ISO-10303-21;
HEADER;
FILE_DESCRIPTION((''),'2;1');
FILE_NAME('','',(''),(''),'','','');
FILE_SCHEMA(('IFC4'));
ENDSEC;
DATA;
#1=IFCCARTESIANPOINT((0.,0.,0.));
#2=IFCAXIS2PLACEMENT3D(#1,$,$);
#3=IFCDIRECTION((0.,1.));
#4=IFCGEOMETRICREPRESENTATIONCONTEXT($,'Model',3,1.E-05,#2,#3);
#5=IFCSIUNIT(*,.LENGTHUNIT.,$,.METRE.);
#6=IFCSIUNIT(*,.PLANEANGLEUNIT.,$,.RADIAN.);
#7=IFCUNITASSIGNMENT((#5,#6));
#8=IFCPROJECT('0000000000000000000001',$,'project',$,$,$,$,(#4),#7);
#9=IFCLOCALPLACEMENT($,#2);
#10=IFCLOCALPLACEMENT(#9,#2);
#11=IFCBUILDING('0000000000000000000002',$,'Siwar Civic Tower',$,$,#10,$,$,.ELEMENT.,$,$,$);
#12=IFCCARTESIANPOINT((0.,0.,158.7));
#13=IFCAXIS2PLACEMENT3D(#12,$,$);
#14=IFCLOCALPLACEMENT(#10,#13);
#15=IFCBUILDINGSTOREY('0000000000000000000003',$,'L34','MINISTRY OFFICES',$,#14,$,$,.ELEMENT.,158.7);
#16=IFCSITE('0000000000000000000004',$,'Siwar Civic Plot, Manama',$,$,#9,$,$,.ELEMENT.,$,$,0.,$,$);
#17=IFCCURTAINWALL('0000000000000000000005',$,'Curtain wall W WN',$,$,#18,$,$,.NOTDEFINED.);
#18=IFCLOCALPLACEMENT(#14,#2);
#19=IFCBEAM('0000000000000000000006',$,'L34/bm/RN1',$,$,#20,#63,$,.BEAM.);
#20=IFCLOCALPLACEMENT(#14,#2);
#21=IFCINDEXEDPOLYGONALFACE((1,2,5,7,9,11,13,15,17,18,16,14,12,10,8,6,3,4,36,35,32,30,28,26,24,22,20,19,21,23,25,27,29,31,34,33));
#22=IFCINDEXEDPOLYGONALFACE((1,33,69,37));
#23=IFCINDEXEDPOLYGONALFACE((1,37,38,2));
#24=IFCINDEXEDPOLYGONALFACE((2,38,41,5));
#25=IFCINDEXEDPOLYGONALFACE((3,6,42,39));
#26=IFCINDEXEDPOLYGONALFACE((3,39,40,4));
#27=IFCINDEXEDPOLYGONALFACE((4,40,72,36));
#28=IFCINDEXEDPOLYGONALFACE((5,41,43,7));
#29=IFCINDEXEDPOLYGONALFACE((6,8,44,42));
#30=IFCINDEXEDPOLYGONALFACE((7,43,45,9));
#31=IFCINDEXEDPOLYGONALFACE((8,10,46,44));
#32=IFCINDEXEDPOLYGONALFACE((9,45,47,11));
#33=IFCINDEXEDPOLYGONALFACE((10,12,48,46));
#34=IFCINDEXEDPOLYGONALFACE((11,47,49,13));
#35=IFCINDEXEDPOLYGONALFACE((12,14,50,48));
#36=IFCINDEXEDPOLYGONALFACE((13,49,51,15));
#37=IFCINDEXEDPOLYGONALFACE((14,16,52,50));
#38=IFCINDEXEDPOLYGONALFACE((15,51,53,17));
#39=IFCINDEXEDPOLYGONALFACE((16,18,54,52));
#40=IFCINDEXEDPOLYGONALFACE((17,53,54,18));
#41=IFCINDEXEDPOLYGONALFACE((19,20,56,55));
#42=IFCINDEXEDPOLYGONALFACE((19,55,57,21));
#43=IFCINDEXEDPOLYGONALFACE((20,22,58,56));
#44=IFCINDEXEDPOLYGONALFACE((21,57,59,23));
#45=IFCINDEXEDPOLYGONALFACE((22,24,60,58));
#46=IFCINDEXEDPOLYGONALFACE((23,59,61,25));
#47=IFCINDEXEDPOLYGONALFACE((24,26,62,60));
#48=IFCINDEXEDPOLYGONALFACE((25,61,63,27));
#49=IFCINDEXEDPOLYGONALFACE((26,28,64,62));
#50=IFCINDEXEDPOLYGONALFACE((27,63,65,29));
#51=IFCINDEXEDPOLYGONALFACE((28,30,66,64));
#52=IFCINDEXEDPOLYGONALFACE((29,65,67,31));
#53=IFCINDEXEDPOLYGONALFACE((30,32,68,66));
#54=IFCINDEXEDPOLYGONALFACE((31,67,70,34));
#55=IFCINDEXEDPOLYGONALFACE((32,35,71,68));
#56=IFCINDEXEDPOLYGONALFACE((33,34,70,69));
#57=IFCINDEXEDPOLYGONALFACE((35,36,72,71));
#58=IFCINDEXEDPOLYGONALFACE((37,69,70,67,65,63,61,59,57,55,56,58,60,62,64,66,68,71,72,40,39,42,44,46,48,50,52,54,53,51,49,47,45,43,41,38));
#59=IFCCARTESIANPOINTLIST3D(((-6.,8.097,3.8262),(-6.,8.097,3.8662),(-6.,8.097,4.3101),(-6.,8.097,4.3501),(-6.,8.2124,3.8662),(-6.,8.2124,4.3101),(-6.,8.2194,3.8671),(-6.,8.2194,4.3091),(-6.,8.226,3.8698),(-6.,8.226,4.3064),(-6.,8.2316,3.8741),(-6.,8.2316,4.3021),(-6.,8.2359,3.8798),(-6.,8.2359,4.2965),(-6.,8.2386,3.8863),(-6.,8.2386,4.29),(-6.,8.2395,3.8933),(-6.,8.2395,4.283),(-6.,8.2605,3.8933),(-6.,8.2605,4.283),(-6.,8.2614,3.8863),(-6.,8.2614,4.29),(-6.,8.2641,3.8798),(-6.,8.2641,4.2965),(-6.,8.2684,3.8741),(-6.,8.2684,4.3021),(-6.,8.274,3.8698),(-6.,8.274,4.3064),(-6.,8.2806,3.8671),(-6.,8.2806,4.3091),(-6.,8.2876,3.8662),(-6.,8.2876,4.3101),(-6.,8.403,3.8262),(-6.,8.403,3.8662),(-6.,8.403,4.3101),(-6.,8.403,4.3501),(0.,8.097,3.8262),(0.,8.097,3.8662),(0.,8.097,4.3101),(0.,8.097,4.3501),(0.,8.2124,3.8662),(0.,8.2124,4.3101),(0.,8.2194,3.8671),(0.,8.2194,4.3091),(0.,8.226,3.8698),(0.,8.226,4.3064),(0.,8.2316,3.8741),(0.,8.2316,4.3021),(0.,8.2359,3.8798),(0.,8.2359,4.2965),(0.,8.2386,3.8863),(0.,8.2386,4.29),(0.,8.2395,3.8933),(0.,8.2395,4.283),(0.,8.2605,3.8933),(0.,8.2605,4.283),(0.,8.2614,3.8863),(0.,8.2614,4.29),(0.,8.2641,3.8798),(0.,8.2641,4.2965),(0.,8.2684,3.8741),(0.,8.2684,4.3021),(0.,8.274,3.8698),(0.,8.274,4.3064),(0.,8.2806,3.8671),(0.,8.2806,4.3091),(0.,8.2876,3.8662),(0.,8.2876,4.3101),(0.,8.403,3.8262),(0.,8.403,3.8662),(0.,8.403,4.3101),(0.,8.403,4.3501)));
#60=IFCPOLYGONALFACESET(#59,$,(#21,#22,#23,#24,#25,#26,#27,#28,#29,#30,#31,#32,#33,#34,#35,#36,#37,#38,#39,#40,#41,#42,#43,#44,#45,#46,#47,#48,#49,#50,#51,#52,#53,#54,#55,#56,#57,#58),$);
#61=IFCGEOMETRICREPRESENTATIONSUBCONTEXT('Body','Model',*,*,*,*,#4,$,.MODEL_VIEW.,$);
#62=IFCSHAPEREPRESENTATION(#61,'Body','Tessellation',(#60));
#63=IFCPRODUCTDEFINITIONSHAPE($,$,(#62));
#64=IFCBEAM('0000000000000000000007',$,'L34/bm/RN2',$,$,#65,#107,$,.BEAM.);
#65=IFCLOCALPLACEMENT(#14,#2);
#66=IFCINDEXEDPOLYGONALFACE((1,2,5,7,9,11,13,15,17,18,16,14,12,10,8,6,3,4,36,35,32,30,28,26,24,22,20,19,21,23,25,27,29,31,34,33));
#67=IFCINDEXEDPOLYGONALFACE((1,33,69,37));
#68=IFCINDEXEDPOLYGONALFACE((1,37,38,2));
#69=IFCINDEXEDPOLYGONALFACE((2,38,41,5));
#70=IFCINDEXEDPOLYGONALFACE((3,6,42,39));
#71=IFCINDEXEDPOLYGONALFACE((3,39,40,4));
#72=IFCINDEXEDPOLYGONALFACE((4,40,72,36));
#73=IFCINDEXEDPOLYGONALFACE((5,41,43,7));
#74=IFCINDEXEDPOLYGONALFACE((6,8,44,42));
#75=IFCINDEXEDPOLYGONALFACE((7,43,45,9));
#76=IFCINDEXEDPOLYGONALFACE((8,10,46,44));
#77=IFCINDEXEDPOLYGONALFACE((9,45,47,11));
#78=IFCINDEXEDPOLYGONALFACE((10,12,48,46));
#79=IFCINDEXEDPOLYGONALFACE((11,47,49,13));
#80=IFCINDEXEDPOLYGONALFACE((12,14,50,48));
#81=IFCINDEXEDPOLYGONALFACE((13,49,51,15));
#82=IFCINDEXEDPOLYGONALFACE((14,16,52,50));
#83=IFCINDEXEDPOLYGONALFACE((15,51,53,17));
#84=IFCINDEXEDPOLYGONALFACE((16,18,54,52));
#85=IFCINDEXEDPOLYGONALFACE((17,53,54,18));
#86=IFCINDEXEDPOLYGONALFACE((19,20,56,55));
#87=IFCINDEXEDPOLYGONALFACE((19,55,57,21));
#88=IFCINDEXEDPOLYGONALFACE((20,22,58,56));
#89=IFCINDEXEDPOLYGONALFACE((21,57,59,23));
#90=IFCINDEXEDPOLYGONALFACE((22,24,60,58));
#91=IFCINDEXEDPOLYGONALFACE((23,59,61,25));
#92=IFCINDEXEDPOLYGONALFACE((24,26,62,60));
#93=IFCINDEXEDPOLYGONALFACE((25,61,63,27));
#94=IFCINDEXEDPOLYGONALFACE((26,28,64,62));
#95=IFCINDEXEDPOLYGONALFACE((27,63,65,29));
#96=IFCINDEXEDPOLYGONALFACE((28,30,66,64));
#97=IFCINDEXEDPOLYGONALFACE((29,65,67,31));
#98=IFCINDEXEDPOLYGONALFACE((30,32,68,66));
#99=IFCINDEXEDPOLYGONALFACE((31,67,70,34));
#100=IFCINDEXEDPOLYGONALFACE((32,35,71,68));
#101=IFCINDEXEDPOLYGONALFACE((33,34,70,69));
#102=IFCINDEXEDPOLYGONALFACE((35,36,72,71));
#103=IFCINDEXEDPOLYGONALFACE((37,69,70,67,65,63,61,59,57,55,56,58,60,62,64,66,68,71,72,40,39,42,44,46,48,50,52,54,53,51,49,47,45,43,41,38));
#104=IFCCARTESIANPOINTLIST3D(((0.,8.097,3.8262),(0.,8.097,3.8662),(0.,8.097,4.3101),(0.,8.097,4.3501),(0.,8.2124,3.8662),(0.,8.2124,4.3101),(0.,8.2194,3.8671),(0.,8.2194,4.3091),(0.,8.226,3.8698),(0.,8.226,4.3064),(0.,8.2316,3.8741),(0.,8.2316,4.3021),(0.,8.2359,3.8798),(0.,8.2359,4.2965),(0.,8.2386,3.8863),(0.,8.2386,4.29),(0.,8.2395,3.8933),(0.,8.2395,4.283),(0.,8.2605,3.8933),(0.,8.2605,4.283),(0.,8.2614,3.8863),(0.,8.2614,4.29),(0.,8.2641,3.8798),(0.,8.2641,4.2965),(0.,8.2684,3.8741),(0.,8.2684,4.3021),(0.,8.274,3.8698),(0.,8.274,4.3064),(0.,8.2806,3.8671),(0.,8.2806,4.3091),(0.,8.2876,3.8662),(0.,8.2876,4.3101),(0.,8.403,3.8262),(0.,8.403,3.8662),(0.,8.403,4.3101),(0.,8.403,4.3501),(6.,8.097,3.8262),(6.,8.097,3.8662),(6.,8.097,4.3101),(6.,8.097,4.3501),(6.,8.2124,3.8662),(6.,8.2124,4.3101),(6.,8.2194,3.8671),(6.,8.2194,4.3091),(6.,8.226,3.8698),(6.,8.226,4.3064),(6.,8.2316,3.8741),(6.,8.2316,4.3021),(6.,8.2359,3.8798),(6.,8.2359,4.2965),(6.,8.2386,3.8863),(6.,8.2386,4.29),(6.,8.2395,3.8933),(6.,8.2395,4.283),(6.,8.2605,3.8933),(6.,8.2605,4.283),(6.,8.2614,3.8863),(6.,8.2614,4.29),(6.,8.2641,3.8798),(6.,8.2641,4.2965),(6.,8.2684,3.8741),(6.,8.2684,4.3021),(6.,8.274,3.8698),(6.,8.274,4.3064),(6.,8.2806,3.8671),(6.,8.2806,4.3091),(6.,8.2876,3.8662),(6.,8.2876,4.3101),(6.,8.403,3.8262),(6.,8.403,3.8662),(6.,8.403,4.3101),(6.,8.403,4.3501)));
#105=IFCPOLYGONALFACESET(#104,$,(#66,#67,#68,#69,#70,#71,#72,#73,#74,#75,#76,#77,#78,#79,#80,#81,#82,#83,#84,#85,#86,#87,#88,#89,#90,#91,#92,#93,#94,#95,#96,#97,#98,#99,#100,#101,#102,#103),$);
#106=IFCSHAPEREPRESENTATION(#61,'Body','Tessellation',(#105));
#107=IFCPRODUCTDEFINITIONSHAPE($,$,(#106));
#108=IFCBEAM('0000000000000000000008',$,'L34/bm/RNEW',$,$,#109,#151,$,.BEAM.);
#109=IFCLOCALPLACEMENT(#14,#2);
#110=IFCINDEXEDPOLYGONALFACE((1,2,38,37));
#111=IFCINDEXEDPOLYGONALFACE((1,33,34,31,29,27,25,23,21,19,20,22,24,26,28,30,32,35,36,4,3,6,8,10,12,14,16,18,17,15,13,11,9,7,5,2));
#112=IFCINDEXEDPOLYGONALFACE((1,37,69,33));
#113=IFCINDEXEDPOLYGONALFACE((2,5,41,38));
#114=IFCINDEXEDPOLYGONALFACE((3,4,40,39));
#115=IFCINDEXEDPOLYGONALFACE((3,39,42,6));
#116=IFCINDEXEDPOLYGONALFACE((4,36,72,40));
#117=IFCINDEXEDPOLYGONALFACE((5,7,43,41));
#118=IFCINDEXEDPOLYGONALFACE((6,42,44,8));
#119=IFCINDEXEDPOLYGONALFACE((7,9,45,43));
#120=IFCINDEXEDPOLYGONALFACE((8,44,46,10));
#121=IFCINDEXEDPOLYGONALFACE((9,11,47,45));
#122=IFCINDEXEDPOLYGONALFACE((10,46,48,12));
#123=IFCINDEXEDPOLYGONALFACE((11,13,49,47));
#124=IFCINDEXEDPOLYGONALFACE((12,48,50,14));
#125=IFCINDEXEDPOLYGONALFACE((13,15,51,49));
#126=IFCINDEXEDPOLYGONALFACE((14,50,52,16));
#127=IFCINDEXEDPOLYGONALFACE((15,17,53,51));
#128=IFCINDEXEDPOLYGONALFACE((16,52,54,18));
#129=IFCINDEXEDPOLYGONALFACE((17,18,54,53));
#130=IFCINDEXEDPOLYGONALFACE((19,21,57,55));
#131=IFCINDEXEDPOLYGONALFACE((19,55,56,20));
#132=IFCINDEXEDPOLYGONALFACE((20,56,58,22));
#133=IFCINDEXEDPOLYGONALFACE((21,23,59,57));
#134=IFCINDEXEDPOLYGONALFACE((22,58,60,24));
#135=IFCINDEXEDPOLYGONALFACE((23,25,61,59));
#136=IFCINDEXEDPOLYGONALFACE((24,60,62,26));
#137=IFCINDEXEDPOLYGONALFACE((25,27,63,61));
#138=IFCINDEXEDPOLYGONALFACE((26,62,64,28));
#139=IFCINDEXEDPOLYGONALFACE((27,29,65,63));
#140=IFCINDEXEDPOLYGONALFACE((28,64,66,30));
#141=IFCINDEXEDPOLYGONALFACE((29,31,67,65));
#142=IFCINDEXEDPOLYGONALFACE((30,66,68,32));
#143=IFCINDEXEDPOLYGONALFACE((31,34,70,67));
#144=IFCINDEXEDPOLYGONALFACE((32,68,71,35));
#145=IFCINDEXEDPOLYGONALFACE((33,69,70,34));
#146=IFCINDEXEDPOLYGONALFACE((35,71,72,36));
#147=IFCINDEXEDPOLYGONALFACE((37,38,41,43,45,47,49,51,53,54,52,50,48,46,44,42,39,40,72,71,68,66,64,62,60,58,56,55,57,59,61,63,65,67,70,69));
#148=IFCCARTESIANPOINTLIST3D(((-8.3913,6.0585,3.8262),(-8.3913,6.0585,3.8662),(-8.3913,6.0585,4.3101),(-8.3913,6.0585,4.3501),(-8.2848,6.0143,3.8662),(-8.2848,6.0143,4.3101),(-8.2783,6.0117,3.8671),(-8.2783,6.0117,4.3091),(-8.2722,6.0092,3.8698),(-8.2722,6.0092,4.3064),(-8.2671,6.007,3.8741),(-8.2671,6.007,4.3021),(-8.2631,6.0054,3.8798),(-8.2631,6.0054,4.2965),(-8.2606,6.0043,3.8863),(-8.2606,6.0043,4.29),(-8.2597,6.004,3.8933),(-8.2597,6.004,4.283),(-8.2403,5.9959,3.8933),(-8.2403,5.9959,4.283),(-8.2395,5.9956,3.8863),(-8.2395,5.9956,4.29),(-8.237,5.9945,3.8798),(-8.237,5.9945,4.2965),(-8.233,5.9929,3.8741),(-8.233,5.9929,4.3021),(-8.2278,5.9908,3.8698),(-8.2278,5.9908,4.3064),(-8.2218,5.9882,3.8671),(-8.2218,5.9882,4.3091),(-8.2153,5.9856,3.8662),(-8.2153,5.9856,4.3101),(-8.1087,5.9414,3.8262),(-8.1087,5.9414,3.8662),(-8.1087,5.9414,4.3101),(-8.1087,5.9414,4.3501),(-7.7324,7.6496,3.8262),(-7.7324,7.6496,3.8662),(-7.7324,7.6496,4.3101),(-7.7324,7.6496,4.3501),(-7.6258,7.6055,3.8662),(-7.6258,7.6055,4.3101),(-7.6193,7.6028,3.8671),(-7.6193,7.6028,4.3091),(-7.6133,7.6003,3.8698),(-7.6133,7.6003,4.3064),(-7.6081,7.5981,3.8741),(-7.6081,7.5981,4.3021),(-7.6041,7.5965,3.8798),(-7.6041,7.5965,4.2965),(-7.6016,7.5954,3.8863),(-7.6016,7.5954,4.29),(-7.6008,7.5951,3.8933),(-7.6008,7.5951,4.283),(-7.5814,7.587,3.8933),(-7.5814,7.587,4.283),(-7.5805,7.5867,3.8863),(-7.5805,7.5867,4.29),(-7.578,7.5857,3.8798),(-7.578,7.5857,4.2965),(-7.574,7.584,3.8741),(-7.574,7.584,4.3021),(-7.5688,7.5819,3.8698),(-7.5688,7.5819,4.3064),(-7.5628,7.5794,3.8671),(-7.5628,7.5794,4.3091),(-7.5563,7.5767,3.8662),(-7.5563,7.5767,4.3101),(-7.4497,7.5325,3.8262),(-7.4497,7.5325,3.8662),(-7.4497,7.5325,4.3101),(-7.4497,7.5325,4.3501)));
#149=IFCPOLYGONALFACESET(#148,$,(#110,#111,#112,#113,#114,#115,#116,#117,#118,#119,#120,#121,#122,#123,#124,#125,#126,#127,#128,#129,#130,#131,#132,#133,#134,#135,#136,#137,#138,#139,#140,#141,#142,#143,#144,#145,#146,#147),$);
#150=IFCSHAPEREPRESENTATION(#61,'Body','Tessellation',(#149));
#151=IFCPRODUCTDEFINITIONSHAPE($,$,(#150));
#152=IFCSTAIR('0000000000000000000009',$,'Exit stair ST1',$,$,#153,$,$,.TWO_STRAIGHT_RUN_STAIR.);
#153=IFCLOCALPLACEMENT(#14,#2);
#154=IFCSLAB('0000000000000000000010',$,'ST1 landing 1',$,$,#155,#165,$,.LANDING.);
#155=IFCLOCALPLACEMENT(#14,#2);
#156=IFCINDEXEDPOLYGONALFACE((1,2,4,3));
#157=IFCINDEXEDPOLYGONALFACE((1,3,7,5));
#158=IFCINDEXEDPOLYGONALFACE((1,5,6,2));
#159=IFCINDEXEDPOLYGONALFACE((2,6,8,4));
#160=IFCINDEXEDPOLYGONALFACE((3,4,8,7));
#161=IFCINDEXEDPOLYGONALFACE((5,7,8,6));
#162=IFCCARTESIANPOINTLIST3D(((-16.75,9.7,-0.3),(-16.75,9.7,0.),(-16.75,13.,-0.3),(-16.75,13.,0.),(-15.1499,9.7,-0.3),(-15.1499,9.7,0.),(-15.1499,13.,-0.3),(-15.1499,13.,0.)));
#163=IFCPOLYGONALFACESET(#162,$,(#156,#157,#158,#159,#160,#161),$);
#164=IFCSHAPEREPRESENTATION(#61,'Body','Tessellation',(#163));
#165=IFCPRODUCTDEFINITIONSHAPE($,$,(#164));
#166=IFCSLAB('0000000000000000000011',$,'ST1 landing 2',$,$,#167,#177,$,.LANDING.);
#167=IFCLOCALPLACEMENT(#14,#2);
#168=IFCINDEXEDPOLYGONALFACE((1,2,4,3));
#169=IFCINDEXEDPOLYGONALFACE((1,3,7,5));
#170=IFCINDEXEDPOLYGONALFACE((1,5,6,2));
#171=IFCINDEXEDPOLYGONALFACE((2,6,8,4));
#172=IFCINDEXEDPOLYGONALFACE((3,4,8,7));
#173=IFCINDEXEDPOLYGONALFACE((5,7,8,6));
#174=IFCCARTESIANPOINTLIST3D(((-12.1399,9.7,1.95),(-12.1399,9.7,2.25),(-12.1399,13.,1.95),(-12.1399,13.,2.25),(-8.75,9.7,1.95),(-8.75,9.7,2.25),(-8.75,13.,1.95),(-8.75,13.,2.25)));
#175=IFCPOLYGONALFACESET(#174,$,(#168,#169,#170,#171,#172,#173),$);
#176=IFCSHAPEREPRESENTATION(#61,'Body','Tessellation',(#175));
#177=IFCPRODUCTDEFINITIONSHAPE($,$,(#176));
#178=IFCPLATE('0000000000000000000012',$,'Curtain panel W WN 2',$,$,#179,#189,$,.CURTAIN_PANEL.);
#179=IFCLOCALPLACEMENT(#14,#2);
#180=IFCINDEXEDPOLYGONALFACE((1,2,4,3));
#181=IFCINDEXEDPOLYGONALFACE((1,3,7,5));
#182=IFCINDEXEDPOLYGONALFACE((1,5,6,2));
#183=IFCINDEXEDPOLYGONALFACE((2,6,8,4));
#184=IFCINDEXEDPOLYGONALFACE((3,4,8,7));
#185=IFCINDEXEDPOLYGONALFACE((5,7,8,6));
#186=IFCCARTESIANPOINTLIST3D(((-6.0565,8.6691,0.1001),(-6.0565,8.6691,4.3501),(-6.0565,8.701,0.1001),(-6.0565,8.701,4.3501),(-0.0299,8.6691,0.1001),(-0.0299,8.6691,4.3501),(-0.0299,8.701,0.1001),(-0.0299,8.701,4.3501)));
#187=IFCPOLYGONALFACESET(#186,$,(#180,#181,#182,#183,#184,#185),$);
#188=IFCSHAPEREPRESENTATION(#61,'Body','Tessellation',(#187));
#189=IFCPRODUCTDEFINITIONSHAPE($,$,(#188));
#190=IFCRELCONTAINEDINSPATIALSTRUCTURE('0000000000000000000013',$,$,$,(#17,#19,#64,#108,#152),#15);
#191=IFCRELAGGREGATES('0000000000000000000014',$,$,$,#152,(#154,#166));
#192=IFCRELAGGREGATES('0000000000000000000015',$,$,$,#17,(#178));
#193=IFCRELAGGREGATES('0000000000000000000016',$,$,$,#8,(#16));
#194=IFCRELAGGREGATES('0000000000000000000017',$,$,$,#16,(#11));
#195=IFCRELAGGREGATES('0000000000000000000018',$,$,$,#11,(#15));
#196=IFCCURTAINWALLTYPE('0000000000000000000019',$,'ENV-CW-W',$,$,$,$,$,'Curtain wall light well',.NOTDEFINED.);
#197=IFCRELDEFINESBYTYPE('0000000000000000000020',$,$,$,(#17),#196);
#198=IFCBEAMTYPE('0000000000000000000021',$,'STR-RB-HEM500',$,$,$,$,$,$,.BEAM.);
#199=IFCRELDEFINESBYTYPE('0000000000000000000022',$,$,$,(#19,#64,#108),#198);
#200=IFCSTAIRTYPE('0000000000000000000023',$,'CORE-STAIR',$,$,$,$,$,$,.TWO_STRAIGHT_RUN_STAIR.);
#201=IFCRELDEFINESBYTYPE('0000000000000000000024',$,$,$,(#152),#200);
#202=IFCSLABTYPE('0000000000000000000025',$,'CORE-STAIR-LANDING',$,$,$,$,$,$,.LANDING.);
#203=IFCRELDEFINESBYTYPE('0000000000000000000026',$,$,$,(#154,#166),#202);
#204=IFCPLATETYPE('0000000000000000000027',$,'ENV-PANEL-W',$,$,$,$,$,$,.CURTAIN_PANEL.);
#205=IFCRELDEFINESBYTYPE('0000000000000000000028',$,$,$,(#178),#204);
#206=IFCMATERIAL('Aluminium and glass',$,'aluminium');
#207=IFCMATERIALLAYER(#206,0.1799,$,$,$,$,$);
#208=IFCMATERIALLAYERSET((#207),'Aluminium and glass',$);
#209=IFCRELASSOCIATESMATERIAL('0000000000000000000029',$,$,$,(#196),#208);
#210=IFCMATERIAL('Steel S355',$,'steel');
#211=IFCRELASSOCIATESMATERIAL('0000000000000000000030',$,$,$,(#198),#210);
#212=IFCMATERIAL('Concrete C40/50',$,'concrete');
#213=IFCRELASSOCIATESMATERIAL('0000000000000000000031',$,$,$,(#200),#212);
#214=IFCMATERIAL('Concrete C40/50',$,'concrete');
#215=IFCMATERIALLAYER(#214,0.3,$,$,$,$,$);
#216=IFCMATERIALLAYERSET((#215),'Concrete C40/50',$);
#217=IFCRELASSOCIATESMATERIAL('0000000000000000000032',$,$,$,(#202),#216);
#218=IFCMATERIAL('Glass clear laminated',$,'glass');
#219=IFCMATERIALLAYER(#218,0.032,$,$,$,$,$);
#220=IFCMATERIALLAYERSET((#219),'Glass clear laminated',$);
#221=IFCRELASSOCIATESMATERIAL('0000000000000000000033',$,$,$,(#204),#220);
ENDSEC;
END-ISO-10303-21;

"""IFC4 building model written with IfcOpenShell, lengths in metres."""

from ifc_helpers import new_model, si_unit, direction, frame, origin, origin_2d, place, context, subcontext, project, spatial, polyline, rectangle, i_section, outline, extrude, material, layer, layer_set, material_profile, profile_set, type_object, element, aggregate, save


model = new_model("IFC4")

# Units and contexts
model_context = context("Model", 3, precision=1e-05, world=origin(), true_north=direction((0.0, 1.0)))
body_context = subcontext(model_context, "Body", "Model", "MODEL_VIEW")
ifc_project = project(units=[si_unit("LENGTHUNIT", "METRE"), si_unit("PLANEANGLEUNIT", "RADIAN")], contexts=[model_context])

# Site, building, storey
site_placement = place(None, origin())
site = spatial("IfcSite", under=ifc_project, at=site_placement, Name="Siwar Civic Plot, Manama", CompositionType="ELEMENT", RefElevation=0.0)
building_placement = place(site_placement, origin())
building = spatial("IfcBuilding", under=site, at=building_placement, Name="Siwar Civic Tower", CompositionType="ELEMENT")
storey_placement = place(building_placement, frame((0.0, 0.0, 158.7)))
storey = spatial("IfcBuildingStorey", under=building, at=storey_placement, Name="L34", Description="MINISTRY OFFICES", CompositionType="ELEMENT", Elevation=158.7)

# Curtain wall
ifc_material_1 = material(Name="Aluminium and glass", Category="aluminium")
ifc_layer_1 = layer(ifc_material_1, 0.1799)
ifc_layer_set_1 = layer_set([ifc_layer_1], Name="Aluminium and glass")
curtain_wall_type = type_object("IfcCurtainWallType", Name="ENV-CW-W", ElementType="Curtain wall light well", PredefinedType="NOTDEFINED", material=ifc_layer_set_1)
curtain_wall_placement = place(storey_placement, origin())
curtain_wall = element("IfcCurtainWall", 1, at=curtain_wall_placement, inside=storey, type_object=curtain_wall_type, Name="Curtain wall W WN", PredefinedType="NOTDEFINED")

# Beams
ifc_material_2 = material(Name="Steel S355", Category="steel")
ifc_material_profile_1 = material_profile(ifc_material_2, i_section(OverallWidth=0.3059, OverallDepth=0.5239, WebThickness=0.021, FlangeThickness=0.04, FilletRadius=0.0271, at=origin_2d()), Name="HEM500")
ifc_profile_set_1 = profile_set([ifc_material_profile_1], Name="Steel S355")
beam_type_1 = type_object("IfcBeamType", Name="STR-RB-HEM500", PredefinedType="BEAM", material=ifc_profile_set_1)
for number, where, z_axis, x_axis, name in (
    (2, (-6.0, 8.25, 4.0881), (1.0, 0.0, 0.0), (0.0, 1.0, 0.0), "L34/bm/RN1"),
    (3, (0.0, 8.25, 4.0881), (1.0, 0.0, 0.0), (0.0, 1.0, 0.0), "L34/bm/RN2"),
):
    element("IfcBeam", number, at=place(storey_placement, frame(where, z_axis=z_axis, x_axis=x_axis)), inside=storey, type_object=beam_type_1, Name=name, PredefinedType="BEAM", context=body_context, shape_type="SweptSolid", body=[
        extrude(i_section(OverallWidth=0.3059, OverallDepth=0.5239, WebThickness=0.021, FlangeThickness=0.04, FilletRadius=0.0271, at=origin_2d()), origin(), (0.0, 0.0, 1.0), 6.0),
    ])
beam_1_placement = place(storey_placement, frame((-7.5911, 7.5911, 4.0881), z_axis=(-0.382631, -0.923901, 0.0), x_axis=(0.923901, -0.382631, 0.0)))
element("IfcBeam", 4, at=beam_1_placement, inside=storey, type_object=beam_type_1, Name="L34/bm/RNEW", PredefinedType="BEAM", context=body_context, shape_type="SweptSolid", body=[
    extrude(i_section(OverallWidth=0.3059, OverallDepth=0.5239, WebThickness=0.021, FlangeThickness=0.04, FilletRadius=0.0271, at=origin_2d()), origin(), (0.0, 0.0, 1.0), 1.7222),
])

# Stair, slabs
ifc_material_3 = material(Name="Concrete C40/50", Category="concrete")
stair_type = type_object("IfcStairType", Name="CORE-STAIR", PredefinedType="TWO_STRAIGHT_RUN_STAIR", material=ifc_material_3)
stair_placement = place(storey_placement, origin())
stair = element("IfcStair", 5, at=stair_placement, inside=storey, type_object=stair_type, Name="Exit stair ST1", PredefinedType="TWO_STRAIGHT_RUN_STAIR")
ifc_material_4 = material(Name="Concrete C40/50", Category="concrete")
ifc_layer_2 = layer(ifc_material_4, 0.3)
ifc_layer_set_2 = layer_set([ifc_layer_2], Name="Concrete C40/50")
slab_type_1 = type_object("IfcSlabType", Name="CORE-STAIR-LANDING", PredefinedType="LANDING", material=ifc_layer_set_2)
slab_1_placement = place(storey_placement, frame((0.0, 0.0, -0.3)))
slab_1 = element("IfcSlab", 6, at=slab_1_placement, type_object=slab_type_1, Name="ST1 landing 1", PredefinedType="LANDING", context=body_context, shape_type="SweptSolid", body=[
    extrude(outline(polyline([(-15.1499, 13.0), (-16.75, 13.0), (-16.75, 9.7), (-15.1499, 9.7), (-15.1499, 13.0)])), origin(), (0.0, 0.0, 1.0), 0.3),
])
slab_2_placement = place(storey_placement, frame((0.0, 0.0, 1.95)))
slab_2 = element("IfcSlab", 7, at=slab_2_placement, type_object=slab_type_1, Name="ST1 landing 2", PredefinedType="LANDING", context=body_context, shape_type="SweptSolid", body=[
    extrude(outline(polyline([(-8.75, 13.0), (-12.1399, 13.0), (-12.1399, 9.7), (-8.75, 9.7), (-8.75, 13.0)])), origin(), (0.0, 0.0, 1.0), 0.3),
])
aggregate(stair, [slab_1, slab_2])

# Plate
ifc_material_5 = material(Name="Glass clear laminated", Category="glass")
ifc_layer_3 = layer(ifc_material_5, 0.032)
ifc_layer_set_3 = layer_set([ifc_layer_3], Name="Glass clear laminated")
plate_type = type_object("IfcPlateType", Name="ENV-PANEL-W", PredefinedType="CURTAIN_PANEL", material=ifc_layer_set_3)
plate_placement = place(storey_placement, frame((-3.0432, 8.6851, 0.1001), z_axis=(0.0, 0.0, 1.0), x_axis=(-1.0, 0.0, 0.0)))
plate = element("IfcPlate", 8, at=plate_placement, type_object=plate_type, Name="Curtain panel W WN 2", PredefinedType="CURTAIN_PANEL", context=body_context, shape_type="SweptSolid", body=[
    extrude(rectangle(XDim=6.0266, YDim=0.032, at=origin_2d()), origin(), (0.0, 0.0, 1.0), 4.25),
])
aggregate(curtain_wall, [plate])

save(model, "model.ifc")
